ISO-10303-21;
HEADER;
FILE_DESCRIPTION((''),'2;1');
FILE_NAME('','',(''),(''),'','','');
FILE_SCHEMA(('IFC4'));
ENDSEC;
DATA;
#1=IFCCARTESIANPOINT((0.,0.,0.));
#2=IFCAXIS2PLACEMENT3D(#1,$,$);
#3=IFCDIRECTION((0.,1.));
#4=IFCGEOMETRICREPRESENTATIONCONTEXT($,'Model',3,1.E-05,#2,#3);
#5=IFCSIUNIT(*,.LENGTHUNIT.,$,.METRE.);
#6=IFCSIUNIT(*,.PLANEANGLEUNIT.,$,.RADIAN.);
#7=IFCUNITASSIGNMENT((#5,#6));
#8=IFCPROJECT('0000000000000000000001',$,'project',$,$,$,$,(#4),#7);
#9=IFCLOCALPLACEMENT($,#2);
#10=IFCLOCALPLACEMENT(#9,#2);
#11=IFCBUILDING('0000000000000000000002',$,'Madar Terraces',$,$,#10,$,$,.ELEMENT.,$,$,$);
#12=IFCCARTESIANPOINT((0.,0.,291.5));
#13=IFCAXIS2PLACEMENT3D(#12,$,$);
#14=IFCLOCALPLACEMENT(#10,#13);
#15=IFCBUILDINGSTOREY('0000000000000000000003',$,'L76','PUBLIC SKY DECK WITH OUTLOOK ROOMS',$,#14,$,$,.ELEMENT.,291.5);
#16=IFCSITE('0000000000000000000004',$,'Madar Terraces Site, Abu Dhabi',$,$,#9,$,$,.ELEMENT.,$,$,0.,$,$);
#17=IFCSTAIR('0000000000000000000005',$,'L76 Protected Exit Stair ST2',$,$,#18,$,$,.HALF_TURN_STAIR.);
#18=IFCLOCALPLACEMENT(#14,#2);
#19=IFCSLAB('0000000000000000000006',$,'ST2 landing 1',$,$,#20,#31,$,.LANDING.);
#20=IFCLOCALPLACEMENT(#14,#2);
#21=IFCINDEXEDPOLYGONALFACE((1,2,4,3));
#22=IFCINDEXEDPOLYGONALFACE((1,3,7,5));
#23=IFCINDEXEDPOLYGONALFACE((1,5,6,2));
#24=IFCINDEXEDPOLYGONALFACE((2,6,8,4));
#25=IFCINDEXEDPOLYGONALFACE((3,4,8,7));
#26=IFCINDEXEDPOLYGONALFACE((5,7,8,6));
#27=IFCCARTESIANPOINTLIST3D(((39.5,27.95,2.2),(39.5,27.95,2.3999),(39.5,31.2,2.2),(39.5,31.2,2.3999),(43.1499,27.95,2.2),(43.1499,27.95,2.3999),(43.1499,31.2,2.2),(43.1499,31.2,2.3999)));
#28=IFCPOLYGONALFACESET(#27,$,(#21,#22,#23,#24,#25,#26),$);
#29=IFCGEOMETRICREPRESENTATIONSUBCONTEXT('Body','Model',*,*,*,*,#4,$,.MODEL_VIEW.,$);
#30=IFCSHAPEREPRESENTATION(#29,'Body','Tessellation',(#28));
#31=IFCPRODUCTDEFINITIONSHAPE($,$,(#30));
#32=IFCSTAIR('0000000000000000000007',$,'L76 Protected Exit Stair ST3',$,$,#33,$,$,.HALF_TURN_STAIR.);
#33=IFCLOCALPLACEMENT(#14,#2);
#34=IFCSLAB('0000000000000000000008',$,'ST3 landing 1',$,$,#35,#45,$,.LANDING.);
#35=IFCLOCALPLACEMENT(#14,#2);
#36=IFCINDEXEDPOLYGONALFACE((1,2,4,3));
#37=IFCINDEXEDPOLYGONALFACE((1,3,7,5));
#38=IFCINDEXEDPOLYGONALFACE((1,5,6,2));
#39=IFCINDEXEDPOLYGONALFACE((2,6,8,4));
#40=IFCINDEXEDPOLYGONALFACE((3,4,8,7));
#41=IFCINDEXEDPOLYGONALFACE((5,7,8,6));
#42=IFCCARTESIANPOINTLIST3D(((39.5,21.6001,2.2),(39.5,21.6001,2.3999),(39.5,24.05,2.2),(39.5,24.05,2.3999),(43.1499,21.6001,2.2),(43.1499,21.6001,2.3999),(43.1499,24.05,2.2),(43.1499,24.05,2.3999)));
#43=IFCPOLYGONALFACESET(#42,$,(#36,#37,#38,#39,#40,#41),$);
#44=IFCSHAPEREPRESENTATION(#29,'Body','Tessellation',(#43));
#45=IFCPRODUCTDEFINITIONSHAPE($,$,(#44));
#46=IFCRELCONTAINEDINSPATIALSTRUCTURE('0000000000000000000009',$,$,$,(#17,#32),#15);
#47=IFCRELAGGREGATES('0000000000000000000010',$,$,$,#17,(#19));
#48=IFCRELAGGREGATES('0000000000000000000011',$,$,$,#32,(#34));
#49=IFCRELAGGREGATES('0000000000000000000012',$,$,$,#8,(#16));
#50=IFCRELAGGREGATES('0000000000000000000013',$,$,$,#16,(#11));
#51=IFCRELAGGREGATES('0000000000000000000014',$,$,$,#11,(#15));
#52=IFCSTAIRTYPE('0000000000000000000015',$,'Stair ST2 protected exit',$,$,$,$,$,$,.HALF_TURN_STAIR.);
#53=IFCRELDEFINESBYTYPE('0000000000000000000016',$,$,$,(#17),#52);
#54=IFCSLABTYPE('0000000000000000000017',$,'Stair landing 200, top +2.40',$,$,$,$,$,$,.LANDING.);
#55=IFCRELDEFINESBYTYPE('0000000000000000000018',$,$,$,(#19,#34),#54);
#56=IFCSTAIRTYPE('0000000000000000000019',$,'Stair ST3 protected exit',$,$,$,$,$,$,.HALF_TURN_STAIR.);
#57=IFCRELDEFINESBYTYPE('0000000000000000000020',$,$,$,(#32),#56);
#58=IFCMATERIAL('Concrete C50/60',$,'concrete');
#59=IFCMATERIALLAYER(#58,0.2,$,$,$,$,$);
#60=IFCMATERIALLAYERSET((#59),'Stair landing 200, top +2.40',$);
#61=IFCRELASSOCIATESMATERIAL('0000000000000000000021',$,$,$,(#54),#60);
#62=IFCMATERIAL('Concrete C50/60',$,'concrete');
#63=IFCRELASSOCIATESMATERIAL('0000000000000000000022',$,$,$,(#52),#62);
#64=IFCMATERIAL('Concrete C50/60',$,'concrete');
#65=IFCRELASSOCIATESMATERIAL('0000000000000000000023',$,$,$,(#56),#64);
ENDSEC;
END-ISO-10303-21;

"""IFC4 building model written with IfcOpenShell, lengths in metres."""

from ifc_helpers import new_model, si_unit, direction, frame, origin, place, context, subcontext, project, spatial, polyline, outline, extrude, material, layer, layer_set, type_object, element, aggregate, save


model = new_model("IFC4")

# Units and contexts
model_context = context("Model", 3, precision=1e-05, world=origin(), true_north=direction((0.0, 1.0)))
body_context = subcontext(model_context, "Body", "Model", "MODEL_VIEW")
ifc_project = project(units=[si_unit("LENGTHUNIT", "METRE"), si_unit("PLANEANGLEUNIT", "RADIAN")], contexts=[model_context])

# Site, building, storey
site_placement = place(None, origin())
site = spatial("IfcSite", under=ifc_project, at=site_placement, Name="Madar Terraces Site, Abu Dhabi", CompositionType="ELEMENT", RefElevation=0.0)
building_placement = place(site_placement, origin())
building = spatial("IfcBuilding", under=site, at=building_placement, Name="Madar Terraces", CompositionType="ELEMENT")
storey_placement = place(building_placement, frame((0.0, 0.0, 291.5)))
storey = spatial("IfcBuildingStorey", under=building, at=storey_placement, Name="L76", Description="PUBLIC SKY DECK WITH OUTLOOK ROOMS", CompositionType="ELEMENT", Elevation=291.5)

# Stairs, slabs
ifc_material_1 = material(Name="Concrete C50/60", Category="concrete")
ifc_layer_1 = layer(ifc_material_1, 0.2)
ifc_layer_set_1 = layer_set([ifc_layer_1], Name="Stair landing 200, top +2.40")
slab_type_1 = type_object("IfcSlabType", Name="Stair landing 200, top +2.40", PredefinedType="LANDING", material=ifc_layer_set_1)
ifc_material_2 = material(Name="Concrete C50/60", Category="concrete")
stair_type_1 = type_object("IfcStairType", Name="Stair ST2 protected exit", PredefinedType="HALF_TURN_STAIR", material=ifc_material_2)
stair_1_placement = place(storey_placement, origin())
stair_1 = element("IfcStair", 1, at=stair_1_placement, inside=storey, type_object=stair_type_1, Name="L76 Protected Exit Stair ST2", PredefinedType="HALF_TURN_STAIR")
slab_1_placement = place(storey_placement, frame((0.0, 0.0, 2.2)))
slab_1 = element("IfcSlab", 2, at=slab_1_placement, type_object=slab_type_1, Name="ST2 landing 1", PredefinedType="LANDING", context=body_context, shape_type="SweptSolid", body=[
    extrude(outline(polyline([(39.5, 27.95), (43.1499, 27.95), (43.1499, 31.2), (39.5, 31.2), (39.5, 27.95)])), origin(), (0.0, 0.0, 1.0), 0.2),
])
aggregate(stair_1, [slab_1])
ifc_material_3 = material(Name="Concrete C50/60", Category="concrete")
stair_type_2 = type_object("IfcStairType", Name="Stair ST3 protected exit", PredefinedType="HALF_TURN_STAIR", material=ifc_material_3)
stair_2_placement = place(storey_placement, origin())
stair_2 = element("IfcStair", 3, at=stair_2_placement, inside=storey, type_object=stair_type_2, Name="L76 Protected Exit Stair ST3", PredefinedType="HALF_TURN_STAIR")
slab_2_placement = place(storey_placement, frame((0.0, 0.0, 2.2)))
slab_2 = element("IfcSlab", 4, at=slab_2_placement, type_object=slab_type_1, Name="ST3 landing 1", PredefinedType="LANDING", context=body_context, shape_type="SweptSolid", body=[
    extrude(outline(polyline([(39.5, 21.6001), (43.1499, 21.6001), (43.1499, 24.05), (39.5, 24.05), (39.5, 21.6001)])), origin(), (0.0, 0.0, 1.0), 0.2),
])
aggregate(stair_2, [slab_2])

save(model, "model.ifc")
